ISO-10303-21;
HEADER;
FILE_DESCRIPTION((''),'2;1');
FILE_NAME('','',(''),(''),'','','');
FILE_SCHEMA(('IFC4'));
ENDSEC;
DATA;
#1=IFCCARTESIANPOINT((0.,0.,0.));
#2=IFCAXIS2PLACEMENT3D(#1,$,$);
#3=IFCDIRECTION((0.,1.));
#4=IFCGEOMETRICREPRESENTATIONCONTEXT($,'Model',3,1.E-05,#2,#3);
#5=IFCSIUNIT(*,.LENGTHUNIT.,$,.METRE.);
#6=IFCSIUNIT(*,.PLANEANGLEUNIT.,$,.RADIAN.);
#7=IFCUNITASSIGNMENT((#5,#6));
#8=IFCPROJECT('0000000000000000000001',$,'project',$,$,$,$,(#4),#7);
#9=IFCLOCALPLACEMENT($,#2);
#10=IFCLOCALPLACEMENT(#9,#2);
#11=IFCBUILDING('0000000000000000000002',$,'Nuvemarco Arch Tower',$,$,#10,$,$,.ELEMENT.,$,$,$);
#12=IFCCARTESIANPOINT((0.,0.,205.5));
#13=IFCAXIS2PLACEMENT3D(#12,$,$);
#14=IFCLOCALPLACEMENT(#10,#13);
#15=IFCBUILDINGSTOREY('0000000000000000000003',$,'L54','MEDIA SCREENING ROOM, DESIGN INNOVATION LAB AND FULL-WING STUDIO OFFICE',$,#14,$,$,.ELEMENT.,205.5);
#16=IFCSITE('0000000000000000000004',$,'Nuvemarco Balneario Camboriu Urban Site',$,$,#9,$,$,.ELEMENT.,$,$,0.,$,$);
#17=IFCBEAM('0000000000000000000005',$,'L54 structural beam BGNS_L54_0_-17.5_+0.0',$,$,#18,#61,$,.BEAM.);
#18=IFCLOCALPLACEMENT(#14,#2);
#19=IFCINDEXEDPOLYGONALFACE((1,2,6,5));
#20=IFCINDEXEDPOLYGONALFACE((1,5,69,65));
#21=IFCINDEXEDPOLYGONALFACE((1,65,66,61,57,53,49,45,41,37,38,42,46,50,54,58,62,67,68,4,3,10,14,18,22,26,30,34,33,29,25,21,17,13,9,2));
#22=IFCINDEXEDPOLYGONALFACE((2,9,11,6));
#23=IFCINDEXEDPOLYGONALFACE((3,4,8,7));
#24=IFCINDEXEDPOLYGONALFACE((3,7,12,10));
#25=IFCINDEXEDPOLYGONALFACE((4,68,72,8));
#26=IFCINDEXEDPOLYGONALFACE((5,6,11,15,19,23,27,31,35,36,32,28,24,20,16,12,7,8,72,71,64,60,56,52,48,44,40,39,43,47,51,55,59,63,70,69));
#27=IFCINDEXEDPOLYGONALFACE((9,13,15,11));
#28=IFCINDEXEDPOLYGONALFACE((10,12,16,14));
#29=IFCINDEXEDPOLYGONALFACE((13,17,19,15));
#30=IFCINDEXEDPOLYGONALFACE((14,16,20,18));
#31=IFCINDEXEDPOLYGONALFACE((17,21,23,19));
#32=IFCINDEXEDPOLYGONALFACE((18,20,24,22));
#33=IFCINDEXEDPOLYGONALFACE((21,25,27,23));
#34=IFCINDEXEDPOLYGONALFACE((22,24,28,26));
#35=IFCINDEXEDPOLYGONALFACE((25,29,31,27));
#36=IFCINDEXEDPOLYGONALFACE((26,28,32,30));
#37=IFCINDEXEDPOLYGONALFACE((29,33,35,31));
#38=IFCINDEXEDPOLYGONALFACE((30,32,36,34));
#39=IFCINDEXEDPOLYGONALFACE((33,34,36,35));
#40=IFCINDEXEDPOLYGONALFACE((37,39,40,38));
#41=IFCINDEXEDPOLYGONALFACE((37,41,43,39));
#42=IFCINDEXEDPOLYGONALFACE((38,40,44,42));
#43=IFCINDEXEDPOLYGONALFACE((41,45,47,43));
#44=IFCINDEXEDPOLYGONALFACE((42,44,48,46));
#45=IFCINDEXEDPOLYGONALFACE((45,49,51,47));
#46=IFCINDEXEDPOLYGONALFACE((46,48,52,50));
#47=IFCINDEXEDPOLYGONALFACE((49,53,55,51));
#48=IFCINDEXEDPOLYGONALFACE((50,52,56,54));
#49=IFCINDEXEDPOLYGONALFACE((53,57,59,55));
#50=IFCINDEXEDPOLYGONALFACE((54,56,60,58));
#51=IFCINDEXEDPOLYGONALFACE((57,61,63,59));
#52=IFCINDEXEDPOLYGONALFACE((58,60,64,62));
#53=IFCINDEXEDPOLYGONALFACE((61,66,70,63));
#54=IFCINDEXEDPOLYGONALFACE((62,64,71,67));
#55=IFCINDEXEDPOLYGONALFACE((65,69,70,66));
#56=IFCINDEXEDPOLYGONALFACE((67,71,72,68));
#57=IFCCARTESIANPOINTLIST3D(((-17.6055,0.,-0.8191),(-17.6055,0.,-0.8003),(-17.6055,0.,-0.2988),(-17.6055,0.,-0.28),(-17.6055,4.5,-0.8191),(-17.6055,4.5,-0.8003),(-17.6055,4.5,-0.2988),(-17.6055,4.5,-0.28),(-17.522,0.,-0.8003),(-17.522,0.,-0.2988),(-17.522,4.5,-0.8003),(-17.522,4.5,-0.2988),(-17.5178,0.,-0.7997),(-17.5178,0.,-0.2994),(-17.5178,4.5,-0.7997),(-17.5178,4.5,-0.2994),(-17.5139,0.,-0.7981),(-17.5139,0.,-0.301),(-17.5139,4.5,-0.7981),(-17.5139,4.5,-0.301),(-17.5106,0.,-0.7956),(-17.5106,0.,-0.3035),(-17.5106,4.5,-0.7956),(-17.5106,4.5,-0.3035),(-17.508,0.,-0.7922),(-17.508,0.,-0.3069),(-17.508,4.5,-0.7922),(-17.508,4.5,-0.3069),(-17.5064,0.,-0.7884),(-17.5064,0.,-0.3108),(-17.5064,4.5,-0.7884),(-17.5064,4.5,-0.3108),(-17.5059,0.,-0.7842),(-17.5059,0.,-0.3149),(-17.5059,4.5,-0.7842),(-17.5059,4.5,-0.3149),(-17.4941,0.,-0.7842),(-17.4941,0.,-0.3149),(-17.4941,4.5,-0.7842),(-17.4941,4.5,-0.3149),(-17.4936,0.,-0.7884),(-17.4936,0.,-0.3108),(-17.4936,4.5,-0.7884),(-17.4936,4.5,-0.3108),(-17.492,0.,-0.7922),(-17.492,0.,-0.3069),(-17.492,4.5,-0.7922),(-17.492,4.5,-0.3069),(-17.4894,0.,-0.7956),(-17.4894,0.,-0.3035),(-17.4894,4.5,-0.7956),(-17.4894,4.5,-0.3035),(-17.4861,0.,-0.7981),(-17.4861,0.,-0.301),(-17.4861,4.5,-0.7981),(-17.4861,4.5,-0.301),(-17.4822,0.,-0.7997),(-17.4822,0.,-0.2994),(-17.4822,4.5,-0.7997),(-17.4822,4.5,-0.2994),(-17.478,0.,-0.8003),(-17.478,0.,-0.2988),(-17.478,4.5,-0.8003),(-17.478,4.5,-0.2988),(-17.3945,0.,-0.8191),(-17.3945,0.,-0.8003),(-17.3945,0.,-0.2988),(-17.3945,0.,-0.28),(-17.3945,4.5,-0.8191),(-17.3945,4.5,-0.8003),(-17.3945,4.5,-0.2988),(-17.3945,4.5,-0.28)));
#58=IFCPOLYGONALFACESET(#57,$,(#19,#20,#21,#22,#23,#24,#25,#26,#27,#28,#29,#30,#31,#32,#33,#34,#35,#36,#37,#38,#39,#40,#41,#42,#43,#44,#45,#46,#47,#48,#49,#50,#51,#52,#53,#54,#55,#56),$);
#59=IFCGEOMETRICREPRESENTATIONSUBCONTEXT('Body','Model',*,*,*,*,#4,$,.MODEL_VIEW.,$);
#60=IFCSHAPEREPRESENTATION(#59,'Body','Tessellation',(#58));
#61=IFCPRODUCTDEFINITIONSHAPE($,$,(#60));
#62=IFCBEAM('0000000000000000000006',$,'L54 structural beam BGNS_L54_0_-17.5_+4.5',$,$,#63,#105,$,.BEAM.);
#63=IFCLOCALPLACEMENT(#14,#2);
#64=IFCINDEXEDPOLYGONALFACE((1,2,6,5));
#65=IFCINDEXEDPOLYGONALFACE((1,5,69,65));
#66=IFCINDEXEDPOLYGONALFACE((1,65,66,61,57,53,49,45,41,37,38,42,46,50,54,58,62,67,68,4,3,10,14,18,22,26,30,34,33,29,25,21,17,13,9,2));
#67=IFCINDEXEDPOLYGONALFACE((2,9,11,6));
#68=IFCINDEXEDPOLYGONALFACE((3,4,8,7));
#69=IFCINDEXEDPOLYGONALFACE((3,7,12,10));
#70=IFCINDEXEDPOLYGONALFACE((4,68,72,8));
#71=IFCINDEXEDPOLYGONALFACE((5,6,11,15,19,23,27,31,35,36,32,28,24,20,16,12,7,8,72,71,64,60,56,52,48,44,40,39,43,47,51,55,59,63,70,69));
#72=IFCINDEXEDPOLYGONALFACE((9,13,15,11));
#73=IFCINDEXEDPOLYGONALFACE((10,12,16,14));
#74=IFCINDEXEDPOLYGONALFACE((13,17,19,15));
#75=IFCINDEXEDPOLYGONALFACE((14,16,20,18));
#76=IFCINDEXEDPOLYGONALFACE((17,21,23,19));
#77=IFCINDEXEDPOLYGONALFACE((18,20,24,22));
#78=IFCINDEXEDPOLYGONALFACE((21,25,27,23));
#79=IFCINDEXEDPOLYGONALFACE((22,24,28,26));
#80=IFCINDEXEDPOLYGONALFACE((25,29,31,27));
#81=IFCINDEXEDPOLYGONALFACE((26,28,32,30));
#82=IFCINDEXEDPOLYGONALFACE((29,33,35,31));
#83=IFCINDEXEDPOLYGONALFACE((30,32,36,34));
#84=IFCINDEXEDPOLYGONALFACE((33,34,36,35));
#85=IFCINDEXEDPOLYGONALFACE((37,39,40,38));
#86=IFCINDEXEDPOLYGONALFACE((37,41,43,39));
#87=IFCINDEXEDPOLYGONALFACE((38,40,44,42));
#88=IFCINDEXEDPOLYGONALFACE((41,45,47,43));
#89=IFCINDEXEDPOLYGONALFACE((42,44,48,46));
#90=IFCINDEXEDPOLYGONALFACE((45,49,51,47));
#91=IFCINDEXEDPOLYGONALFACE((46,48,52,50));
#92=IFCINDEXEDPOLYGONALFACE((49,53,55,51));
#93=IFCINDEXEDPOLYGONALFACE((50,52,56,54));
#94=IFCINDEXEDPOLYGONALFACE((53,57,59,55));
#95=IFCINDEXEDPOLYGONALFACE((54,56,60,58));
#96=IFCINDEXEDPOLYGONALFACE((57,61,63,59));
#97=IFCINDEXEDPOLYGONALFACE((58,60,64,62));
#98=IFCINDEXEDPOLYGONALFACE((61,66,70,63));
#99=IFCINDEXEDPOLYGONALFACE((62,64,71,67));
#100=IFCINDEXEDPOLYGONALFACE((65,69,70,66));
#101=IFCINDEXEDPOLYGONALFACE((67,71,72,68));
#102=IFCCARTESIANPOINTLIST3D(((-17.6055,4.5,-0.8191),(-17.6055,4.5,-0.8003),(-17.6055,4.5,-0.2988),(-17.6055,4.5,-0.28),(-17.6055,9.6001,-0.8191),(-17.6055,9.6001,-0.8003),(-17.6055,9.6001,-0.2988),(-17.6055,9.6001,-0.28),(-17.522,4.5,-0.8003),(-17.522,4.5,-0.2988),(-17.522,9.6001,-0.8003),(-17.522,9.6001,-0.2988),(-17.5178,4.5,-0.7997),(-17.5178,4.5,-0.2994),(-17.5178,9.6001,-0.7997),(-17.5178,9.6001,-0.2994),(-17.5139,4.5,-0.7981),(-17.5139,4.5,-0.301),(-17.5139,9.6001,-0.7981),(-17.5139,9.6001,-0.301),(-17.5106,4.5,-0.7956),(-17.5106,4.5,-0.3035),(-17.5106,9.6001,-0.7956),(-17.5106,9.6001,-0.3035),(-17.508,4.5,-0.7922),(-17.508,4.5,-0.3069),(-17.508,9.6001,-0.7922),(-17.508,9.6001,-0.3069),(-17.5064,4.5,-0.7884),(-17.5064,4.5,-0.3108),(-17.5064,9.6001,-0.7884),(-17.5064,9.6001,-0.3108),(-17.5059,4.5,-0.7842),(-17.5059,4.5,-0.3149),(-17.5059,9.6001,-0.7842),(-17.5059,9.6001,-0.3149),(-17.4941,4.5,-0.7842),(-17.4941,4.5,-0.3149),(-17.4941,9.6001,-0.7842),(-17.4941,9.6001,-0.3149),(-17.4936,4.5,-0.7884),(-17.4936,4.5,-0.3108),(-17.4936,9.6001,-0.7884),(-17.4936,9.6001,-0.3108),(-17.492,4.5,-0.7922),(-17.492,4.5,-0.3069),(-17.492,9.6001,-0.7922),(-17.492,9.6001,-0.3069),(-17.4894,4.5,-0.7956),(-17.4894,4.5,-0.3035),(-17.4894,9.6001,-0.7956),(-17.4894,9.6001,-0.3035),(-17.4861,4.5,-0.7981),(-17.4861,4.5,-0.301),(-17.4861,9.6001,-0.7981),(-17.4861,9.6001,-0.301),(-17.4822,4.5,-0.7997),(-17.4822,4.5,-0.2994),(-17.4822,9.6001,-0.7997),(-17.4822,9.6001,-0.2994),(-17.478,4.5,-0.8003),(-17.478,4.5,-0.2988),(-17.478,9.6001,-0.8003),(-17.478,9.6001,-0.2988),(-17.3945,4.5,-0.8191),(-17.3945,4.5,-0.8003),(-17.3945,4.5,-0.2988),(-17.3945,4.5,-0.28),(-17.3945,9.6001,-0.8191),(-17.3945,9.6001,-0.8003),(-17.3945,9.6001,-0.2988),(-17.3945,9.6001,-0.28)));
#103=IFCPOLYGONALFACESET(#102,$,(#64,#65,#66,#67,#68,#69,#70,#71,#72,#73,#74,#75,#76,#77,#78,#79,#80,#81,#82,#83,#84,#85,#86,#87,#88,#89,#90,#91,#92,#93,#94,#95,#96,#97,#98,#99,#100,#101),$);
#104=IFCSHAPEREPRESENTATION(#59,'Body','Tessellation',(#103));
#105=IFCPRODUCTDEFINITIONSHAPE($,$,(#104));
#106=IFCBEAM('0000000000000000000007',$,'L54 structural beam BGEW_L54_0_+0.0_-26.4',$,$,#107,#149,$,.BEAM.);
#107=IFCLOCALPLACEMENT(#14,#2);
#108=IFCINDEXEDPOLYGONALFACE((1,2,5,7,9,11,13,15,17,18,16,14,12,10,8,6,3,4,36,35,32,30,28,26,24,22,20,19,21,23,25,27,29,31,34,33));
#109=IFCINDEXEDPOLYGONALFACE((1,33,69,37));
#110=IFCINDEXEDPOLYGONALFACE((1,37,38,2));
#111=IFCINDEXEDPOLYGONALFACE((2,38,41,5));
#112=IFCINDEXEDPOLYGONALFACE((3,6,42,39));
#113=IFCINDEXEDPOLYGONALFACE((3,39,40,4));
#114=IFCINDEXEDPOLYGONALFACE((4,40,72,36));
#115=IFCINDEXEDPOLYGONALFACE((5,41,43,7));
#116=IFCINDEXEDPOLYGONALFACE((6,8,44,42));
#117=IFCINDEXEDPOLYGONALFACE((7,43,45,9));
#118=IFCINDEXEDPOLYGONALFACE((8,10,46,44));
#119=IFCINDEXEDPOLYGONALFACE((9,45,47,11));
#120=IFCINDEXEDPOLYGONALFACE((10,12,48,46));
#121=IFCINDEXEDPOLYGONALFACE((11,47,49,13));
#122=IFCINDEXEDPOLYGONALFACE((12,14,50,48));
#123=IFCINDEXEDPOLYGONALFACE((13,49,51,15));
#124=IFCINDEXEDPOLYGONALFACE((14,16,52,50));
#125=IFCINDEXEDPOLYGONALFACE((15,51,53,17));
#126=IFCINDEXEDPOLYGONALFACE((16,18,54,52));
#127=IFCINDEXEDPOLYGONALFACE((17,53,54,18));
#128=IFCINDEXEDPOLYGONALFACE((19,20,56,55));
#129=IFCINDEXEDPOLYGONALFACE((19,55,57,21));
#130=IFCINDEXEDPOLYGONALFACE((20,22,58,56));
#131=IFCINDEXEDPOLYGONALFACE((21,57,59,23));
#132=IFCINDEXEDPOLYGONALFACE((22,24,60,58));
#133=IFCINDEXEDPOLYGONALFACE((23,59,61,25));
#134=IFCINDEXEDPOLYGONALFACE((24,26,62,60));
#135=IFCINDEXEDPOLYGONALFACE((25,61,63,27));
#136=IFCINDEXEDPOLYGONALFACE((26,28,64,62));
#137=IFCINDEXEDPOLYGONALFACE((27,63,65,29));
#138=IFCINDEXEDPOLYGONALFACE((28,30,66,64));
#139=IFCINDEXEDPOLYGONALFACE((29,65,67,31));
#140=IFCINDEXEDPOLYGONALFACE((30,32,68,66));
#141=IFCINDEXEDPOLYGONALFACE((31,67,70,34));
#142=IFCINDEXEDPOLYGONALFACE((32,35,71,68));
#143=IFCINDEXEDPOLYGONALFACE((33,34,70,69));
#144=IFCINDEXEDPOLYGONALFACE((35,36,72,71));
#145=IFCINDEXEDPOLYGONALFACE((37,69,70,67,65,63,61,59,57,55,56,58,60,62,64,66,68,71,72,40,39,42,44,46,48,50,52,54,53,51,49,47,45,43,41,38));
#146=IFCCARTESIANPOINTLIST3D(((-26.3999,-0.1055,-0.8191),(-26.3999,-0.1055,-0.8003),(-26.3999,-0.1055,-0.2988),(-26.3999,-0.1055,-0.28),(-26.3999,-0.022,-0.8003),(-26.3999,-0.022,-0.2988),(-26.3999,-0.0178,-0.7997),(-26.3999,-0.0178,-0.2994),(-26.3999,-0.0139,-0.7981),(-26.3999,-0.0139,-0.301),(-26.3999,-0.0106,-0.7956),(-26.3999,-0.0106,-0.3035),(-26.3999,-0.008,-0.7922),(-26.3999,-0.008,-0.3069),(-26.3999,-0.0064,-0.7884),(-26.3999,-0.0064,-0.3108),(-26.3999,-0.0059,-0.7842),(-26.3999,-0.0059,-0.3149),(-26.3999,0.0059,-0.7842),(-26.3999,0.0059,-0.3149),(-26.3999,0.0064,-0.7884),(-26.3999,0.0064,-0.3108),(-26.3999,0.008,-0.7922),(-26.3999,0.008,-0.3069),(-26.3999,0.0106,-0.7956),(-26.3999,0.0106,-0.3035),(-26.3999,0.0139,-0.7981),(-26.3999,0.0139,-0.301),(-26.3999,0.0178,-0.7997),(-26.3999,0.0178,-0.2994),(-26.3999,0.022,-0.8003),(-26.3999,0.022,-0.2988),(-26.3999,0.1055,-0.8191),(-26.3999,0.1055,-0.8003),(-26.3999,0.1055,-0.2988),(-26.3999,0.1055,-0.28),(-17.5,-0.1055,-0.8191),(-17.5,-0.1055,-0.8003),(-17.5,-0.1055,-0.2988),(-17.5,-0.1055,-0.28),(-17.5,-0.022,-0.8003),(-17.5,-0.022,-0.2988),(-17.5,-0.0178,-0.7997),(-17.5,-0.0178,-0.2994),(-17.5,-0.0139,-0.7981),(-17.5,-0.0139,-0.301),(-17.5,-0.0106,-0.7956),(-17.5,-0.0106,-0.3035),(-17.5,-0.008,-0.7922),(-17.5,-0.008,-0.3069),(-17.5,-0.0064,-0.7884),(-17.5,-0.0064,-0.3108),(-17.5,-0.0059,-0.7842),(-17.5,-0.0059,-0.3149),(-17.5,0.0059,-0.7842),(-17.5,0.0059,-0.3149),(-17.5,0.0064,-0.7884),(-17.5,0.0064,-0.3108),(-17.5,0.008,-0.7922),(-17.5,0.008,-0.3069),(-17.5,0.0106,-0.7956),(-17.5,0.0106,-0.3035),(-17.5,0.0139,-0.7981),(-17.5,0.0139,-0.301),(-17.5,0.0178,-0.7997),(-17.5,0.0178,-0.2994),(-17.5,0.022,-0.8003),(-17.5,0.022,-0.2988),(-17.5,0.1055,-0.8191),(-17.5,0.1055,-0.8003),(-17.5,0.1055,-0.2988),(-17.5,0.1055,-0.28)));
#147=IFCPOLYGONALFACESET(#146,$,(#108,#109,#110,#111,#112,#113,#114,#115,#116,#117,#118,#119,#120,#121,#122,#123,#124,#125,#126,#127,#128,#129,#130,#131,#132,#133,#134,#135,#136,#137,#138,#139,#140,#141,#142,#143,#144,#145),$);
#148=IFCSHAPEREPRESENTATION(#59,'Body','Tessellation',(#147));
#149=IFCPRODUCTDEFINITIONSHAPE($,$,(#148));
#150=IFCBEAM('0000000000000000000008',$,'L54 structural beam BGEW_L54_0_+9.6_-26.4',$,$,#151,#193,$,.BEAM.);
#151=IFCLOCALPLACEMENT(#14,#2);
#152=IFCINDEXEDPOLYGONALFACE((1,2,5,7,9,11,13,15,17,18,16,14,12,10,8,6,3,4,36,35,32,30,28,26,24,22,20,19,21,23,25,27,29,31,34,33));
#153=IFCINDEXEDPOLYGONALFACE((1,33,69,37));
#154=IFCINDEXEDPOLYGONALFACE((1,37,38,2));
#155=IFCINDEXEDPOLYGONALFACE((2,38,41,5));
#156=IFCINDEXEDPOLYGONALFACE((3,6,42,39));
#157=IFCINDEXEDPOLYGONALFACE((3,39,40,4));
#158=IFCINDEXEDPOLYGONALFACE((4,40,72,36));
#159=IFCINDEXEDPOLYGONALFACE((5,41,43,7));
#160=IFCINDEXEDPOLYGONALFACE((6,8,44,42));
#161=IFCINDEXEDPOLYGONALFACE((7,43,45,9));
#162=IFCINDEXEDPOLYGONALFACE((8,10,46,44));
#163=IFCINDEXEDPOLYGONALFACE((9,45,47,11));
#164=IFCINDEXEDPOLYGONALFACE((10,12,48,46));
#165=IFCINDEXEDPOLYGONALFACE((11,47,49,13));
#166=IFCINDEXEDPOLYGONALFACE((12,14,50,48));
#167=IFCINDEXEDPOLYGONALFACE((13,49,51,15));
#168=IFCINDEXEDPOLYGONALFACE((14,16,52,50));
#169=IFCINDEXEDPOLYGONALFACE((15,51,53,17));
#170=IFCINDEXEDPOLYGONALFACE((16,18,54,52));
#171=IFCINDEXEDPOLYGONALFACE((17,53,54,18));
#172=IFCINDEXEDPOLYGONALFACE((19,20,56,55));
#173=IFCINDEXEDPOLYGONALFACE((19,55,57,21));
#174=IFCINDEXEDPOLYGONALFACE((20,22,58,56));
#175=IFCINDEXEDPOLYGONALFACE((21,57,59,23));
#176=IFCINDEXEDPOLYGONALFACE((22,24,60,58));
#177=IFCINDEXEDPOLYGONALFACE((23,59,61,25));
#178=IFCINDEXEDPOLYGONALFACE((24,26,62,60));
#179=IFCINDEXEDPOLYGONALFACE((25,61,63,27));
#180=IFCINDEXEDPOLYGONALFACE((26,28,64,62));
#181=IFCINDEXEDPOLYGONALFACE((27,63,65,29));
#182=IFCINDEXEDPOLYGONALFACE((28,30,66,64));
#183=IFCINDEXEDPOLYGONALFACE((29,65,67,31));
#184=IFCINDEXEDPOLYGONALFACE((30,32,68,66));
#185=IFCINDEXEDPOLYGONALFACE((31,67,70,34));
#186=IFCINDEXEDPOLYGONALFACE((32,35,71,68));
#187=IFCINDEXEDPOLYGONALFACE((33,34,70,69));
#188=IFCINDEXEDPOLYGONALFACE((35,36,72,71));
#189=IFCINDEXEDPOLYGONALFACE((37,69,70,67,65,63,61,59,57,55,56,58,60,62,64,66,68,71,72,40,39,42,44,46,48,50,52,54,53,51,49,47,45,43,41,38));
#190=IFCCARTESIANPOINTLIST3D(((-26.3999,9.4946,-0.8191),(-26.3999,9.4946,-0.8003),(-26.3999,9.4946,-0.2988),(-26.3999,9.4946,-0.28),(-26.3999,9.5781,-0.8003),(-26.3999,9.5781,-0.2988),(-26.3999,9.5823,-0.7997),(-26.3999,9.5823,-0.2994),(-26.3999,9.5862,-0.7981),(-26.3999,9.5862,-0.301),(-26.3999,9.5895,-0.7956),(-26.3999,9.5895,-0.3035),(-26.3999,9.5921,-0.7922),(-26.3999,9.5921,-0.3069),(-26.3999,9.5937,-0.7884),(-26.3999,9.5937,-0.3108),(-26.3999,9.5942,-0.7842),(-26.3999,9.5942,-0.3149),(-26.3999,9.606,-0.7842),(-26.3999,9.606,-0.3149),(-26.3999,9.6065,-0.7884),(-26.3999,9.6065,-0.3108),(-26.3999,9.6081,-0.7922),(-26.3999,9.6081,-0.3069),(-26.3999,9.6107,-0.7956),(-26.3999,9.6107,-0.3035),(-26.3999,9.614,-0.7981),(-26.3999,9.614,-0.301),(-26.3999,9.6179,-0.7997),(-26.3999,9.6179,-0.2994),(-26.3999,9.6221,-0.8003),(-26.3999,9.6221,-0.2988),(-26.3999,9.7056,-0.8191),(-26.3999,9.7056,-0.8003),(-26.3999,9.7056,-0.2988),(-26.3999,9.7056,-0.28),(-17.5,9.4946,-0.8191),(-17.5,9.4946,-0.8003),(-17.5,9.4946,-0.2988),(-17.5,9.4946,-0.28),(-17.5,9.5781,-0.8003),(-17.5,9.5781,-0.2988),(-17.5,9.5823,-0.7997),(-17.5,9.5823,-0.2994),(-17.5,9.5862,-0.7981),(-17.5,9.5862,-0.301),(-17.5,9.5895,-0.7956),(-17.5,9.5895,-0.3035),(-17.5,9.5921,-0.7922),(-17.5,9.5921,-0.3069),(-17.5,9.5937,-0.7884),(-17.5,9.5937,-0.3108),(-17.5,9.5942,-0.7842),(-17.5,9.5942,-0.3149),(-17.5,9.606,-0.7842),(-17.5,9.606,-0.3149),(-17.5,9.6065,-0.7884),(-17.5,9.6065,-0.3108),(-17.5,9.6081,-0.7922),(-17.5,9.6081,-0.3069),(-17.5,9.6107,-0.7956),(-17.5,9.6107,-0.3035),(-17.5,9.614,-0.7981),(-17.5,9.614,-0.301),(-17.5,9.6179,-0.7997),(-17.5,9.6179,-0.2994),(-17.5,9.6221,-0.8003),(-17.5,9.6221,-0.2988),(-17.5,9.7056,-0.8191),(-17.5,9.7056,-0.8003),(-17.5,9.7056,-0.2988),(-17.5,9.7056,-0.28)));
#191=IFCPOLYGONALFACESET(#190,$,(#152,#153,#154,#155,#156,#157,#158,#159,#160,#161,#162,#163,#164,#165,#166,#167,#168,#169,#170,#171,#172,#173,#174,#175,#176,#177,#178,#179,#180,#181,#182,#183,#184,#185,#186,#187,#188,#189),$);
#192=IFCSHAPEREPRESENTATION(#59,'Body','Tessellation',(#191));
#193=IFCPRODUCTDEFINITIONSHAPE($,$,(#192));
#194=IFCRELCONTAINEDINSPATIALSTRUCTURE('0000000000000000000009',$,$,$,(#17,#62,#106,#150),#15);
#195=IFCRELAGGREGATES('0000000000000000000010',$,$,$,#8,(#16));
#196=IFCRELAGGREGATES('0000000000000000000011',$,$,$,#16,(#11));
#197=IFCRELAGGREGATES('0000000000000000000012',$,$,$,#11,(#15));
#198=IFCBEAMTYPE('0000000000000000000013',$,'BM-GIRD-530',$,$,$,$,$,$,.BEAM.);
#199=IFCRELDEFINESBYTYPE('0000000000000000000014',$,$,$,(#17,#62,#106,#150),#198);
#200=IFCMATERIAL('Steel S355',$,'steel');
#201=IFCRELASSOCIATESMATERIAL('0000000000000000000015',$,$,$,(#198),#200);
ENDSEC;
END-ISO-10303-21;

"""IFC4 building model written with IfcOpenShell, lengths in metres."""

from ifc_helpers import new_model, si_unit, direction, frame, origin, origin_2d, place, context, subcontext, project, spatial, i_section, extrude, material, material_profile, profile_set, type_object, element, save


model = new_model("IFC4")

# Units and contexts
model_context = context("Model", 3, precision=1e-05, world=origin(), true_north=direction((0.0, 1.0)))
body_context = subcontext(model_context, "Body", "Model", "MODEL_VIEW")
ifc_project = project(units=[si_unit("LENGTHUNIT", "METRE"), si_unit("PLANEANGLEUNIT", "RADIAN")], contexts=[model_context])

# Site, building, storey
site_placement = place(None, origin())
site = spatial("IfcSite", under=ifc_project, at=site_placement, Name="Nuvemarco Balneario Camboriu Urban Site", CompositionType="ELEMENT", RefElevation=0.0)
building_placement = place(site_placement, origin())
building = spatial("IfcBuilding", under=site, at=building_placement, Name="Nuvemarco Arch Tower", CompositionType="ELEMENT")
storey_placement = place(building_placement, frame((0.0, 0.0, 205.5)))
storey = spatial("IfcBuildingStorey", under=building, at=storey_placement, Name="L54", Description="MEDIA SCREENING ROOM, DESIGN INNOVATION LAB AND FULL-WING STUDIO OFFICE", CompositionType="ELEMENT", Elevation=205.5)

# Shared definitions
ifc_material_1 = material(Name="Steel S355", Category="steel")

# Beams
ifc_material_profile_1 = material_profile(ifc_material_1, i_section(OverallWidth=0.2109, OverallDepth=0.5391, WebThickness=0.0117, FlangeThickness=0.0188, FilletRadius=0.0161, at=origin_2d()), Name="W530x109")
ifc_profile_set_1 = profile_set([ifc_material_profile_1], Name="Steel S355")
beam_type_1 = type_object("IfcBeamType", Name="BM-GIRD-530", PredefinedType="BEAM", material=ifc_profile_set_1)
beam_1_placement = place(storey_placement, frame((-17.5, 0.0, -0.5496), z_axis=(0.0, 1.0, 0.0), x_axis=(-1.0, 0.0, 0.0)))
element("IfcBeam", 1, at=beam_1_placement, inside=storey, type_object=beam_type_1, Name="L54 structural beam BGNS_L54_0_-17.5_+0.0", PredefinedType="BEAM", context=body_context, shape_type="SweptSolid", body=[
    extrude(i_section(OverallWidth=0.2109, OverallDepth=0.5391, WebThickness=0.0117, FlangeThickness=0.0188, FilletRadius=0.0161, at=origin_2d()), origin(), (0.0, 0.0, 1.0), 4.5),
])
beam_2_placement = place(storey_placement, frame((-17.5, 4.5, -0.5496), z_axis=(0.0, 1.0, 0.0), x_axis=(-1.0, 0.0, 0.0)))
element("IfcBeam", 2, at=beam_2_placement, inside=storey, type_object=beam_type_1, Name="L54 structural beam BGNS_L54_0_-17.5_+4.5", PredefinedType="BEAM", context=body_context, shape_type="SweptSolid", body=[
    extrude(i_section(OverallWidth=0.2109, OverallDepth=0.5391, WebThickness=0.0117, FlangeThickness=0.0188, FilletRadius=0.0161, at=origin_2d()), origin(), (0.0, 0.0, 1.0), 5.1001),
])
for number, where, z_axis, x_axis, name in (
    (3, (-26.3999, 0.0, -0.5496), (1.0, 0.0, 0.0), (0.0, 1.0, 0.0), "L54 structural beam BGEW_L54_0_+0.0_-26.4"),
    (4, (-26.3999, 9.6001, -0.5496), (1.0, 0.0, 0.0), (0.0, 1.0, 0.0), "L54 structural beam BGEW_L54_0_+9.6_-26.4"),
):
    element("IfcBeam", number, at=place(storey_placement, frame(where, z_axis=z_axis, x_axis=x_axis)), inside=storey, type_object=beam_type_1, Name=name, PredefinedType="BEAM", context=body_context, shape_type="SweptSolid", body=[
        extrude(i_section(OverallWidth=0.2109, OverallDepth=0.5391, WebThickness=0.0117, FlangeThickness=0.0188, FilletRadius=0.0161, at=origin_2d()), origin(), (0.0, 0.0, 1.0), 8.8999),
    ])

save(model, "model.ifc")
